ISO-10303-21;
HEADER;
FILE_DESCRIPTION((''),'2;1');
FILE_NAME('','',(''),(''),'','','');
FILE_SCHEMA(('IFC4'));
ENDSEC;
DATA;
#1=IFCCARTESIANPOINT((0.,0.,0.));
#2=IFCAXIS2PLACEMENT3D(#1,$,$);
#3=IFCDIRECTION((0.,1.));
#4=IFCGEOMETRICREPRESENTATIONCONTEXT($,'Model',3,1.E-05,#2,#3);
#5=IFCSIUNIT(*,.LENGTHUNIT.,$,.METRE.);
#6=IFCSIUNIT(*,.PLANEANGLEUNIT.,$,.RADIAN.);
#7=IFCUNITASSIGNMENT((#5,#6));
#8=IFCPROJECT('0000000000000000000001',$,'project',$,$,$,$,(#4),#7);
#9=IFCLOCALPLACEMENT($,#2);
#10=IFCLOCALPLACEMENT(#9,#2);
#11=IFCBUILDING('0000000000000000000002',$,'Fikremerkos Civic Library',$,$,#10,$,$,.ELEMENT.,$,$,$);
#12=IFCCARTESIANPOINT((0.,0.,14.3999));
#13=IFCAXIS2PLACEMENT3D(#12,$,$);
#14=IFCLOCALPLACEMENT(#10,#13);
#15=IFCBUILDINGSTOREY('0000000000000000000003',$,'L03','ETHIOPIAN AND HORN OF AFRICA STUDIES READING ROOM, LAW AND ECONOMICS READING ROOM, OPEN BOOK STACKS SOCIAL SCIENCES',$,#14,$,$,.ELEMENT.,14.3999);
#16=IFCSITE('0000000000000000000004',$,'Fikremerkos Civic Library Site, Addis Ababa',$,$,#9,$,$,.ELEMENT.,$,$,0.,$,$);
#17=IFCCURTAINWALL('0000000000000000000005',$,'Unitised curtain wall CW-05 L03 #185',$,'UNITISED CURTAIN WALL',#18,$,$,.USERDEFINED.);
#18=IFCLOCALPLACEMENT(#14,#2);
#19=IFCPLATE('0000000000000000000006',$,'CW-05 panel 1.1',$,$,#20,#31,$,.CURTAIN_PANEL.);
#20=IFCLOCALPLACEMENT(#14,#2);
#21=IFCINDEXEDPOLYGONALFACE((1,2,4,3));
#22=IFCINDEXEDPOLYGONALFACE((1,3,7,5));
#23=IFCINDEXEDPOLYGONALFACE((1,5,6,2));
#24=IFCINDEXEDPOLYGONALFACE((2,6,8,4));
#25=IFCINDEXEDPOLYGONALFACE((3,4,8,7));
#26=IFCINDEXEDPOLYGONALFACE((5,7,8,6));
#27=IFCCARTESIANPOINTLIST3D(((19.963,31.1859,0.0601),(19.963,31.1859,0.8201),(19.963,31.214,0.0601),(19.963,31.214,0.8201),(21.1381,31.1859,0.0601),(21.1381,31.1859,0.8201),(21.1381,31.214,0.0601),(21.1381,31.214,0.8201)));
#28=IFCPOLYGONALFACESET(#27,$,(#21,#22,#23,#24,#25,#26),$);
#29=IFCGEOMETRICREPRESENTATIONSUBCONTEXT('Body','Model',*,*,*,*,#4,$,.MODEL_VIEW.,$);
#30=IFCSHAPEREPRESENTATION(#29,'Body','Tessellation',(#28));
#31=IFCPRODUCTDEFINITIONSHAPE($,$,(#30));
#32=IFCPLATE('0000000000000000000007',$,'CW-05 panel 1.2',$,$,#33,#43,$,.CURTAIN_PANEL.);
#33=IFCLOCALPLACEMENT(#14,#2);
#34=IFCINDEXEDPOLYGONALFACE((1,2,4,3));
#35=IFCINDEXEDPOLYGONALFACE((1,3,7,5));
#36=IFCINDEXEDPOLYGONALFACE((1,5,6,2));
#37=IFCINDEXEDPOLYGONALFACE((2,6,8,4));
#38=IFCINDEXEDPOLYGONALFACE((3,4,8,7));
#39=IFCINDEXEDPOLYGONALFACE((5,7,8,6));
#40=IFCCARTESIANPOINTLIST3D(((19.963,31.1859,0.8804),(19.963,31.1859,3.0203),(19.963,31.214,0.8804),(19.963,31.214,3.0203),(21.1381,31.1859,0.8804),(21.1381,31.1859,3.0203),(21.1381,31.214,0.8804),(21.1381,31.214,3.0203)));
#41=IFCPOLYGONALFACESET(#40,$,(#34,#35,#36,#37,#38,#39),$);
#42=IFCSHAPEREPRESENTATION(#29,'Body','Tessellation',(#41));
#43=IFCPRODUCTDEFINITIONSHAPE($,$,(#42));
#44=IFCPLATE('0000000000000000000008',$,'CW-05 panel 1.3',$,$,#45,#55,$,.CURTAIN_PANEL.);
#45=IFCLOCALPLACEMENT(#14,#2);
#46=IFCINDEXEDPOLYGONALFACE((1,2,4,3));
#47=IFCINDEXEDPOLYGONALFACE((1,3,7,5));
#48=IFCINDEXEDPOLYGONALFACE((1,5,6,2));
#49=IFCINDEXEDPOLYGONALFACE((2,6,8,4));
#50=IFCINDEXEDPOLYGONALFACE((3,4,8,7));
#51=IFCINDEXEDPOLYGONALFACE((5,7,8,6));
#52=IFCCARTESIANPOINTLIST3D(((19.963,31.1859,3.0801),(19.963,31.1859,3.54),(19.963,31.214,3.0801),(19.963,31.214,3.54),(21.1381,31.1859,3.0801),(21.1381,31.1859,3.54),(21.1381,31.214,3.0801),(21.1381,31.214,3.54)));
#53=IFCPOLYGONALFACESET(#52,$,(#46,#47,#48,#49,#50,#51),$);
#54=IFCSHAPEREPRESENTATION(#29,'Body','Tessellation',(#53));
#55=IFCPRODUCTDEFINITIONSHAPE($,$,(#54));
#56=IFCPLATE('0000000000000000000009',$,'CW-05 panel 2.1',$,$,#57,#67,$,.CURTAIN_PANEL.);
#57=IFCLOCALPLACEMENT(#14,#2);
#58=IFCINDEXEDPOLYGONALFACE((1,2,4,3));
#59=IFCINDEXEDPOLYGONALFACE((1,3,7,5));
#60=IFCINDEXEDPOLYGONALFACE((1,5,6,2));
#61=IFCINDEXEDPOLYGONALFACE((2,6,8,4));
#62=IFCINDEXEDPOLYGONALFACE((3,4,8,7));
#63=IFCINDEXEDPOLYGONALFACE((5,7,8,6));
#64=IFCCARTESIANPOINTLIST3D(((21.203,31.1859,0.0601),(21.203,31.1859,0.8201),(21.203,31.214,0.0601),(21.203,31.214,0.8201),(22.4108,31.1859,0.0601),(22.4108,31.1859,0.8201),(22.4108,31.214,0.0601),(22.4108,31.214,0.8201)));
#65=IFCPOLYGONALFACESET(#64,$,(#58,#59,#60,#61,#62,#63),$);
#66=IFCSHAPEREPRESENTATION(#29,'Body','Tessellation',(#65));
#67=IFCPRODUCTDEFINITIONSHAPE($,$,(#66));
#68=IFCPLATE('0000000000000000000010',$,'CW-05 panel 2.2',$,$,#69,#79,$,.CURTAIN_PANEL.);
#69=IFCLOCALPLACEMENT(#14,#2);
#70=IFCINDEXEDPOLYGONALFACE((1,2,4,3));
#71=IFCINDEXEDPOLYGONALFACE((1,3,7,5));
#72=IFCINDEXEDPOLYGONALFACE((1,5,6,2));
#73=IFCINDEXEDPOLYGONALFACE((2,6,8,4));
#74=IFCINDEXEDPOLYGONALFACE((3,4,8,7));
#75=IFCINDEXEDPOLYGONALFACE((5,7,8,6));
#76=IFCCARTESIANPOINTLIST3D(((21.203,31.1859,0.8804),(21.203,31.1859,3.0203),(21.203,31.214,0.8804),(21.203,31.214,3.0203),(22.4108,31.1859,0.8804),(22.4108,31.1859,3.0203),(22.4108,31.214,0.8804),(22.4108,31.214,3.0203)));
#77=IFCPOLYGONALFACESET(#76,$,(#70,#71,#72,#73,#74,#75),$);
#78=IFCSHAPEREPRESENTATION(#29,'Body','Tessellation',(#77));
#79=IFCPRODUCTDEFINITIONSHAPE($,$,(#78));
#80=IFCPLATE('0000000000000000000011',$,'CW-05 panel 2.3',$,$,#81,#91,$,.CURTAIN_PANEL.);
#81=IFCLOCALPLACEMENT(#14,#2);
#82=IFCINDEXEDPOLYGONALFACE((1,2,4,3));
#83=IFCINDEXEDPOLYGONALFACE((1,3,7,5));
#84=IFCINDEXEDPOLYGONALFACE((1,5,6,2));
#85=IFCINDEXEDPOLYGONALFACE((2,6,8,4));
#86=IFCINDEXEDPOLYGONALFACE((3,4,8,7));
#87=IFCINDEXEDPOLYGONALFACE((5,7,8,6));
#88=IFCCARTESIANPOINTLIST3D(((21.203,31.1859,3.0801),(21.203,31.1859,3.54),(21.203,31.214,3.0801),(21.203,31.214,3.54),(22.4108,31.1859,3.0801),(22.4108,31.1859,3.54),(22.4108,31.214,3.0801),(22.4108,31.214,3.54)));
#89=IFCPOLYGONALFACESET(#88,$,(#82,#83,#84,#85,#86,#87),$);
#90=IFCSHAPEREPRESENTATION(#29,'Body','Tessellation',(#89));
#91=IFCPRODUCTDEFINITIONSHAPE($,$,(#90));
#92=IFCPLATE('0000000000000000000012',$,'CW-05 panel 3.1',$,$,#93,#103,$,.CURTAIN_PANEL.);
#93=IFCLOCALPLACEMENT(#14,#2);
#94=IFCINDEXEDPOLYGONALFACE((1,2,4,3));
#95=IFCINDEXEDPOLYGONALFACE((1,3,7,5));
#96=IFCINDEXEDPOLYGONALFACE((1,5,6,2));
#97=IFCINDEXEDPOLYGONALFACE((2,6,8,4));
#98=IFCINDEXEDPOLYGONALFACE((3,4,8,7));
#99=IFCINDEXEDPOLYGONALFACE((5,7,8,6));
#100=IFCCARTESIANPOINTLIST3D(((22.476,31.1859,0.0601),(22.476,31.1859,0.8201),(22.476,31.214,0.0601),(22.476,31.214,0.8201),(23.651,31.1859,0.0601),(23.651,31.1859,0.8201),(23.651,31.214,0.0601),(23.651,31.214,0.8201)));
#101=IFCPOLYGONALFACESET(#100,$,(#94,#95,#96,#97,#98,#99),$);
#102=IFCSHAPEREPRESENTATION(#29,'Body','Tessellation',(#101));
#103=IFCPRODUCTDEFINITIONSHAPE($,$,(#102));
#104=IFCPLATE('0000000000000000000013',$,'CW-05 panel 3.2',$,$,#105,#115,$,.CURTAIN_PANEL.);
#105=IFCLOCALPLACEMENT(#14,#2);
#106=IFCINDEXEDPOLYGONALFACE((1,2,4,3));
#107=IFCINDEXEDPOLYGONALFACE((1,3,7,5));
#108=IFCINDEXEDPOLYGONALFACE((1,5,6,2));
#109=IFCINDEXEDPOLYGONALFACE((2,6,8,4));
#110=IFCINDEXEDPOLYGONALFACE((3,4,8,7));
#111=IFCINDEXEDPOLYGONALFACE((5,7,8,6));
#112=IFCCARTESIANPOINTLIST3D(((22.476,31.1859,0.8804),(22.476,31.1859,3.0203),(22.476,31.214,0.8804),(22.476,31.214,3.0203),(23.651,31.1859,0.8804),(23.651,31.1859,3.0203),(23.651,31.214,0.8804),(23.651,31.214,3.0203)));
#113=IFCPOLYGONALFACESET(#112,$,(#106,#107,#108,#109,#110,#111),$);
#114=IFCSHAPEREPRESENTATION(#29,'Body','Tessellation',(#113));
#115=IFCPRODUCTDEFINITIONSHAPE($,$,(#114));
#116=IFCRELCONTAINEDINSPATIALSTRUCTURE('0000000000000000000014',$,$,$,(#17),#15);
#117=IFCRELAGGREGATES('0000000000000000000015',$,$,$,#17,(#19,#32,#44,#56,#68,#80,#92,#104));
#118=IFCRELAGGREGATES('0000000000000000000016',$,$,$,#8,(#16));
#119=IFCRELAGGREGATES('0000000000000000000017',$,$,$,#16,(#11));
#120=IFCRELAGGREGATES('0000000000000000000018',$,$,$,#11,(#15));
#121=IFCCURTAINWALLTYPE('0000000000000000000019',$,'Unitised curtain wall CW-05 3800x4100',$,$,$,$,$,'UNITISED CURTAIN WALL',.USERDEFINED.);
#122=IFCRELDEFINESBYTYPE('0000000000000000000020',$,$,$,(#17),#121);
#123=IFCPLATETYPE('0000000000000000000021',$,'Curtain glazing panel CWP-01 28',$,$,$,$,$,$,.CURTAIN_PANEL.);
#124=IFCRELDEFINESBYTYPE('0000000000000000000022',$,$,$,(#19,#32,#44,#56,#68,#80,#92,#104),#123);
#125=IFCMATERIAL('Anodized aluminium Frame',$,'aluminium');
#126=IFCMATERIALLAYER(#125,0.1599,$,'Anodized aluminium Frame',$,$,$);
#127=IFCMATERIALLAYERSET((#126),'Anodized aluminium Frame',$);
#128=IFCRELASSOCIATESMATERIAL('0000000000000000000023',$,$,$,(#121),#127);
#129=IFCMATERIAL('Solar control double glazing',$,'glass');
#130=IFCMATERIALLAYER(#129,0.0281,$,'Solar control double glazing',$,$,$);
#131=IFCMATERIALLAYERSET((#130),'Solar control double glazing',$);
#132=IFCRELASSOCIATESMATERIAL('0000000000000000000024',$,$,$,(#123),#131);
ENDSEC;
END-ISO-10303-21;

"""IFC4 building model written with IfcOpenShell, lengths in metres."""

from ifc_helpers import new_model, si_unit, direction, frame, origin, origin_2d, place, context, subcontext, project, spatial, rectangle, extrude, material, layer, layer_set, type_object, element, aggregate, save


model = new_model("IFC4")

# Units and contexts
model_context = context("Model", 3, precision=1e-05, world=origin(), true_north=direction((0.0, 1.0)))
body_context = subcontext(model_context, "Body", "Model", "MODEL_VIEW")
ifc_project = project(units=[si_unit("LENGTHUNIT", "METRE"), si_unit("PLANEANGLEUNIT", "RADIAN")], contexts=[model_context])

# Site, building, storey
site_placement = place(None, origin())
site = spatial("IfcSite", under=ifc_project, at=site_placement, Name="Fikremerkos Civic Library Site, Addis Ababa", CompositionType="ELEMENT", RefElevation=0.0)
building_placement = place(site_placement, origin())
building = spatial("IfcBuilding", under=site, at=building_placement, Name="Fikremerkos Civic Library", CompositionType="ELEMENT")
storey_placement = place(building_placement, frame((0.0, 0.0, 14.3999)))
storey = spatial("IfcBuildingStorey", under=building, at=storey_placement, Name="L03", Description="ETHIOPIAN AND HORN OF AFRICA STUDIES READING ROOM, LAW AND ECONOMICS READING ROOM, OPEN BOOK STACKS SOCIAL SCIENCES", CompositionType="ELEMENT", Elevation=14.3999)

# Curtain wall, plates
ifc_material_1 = material(Name="Anodized aluminium Frame", Category="aluminium")
ifc_layer_1 = layer(ifc_material_1, 0.1599, Name="Anodized aluminium Frame")
ifc_layer_set_1 = layer_set([ifc_layer_1], Name="Anodized aluminium Frame")
curtain_wall_type = type_object("IfcCurtainWallType", Name="Unitised curtain wall CW-05 3800x4100", ElementType="UNITISED CURTAIN WALL", PredefinedType="USERDEFINED", material=ifc_layer_set_1)
curtain_wall_placement = place(storey_placement, origin())
curtain_wall = element("IfcCurtainWall", 1, at=curtain_wall_placement, inside=storey, type_object=curtain_wall_type, Name="Unitised curtain wall CW-05 L03 #185", ObjectType="UNITISED CURTAIN WALL", PredefinedType="USERDEFINED")
ifc_material_2 = material(Name="Solar control double glazing", Category="glass")
ifc_layer_2 = layer(ifc_material_2, 0.0281, Name="Solar control double glazing")
ifc_layer_set_2 = layer_set([ifc_layer_2], Name="Solar control double glazing")
plate_type = type_object("IfcPlateType", Name="Curtain glazing panel CWP-01 28", PredefinedType="CURTAIN_PANEL", material=ifc_layer_set_2)
plate_1_placement = place(storey_placement, frame((20.5505, 31.2, 0.0601), z_axis=(0.0, 0.0, 1.0), x_axis=(1.0, 0.0, 0.0)))
plate_1 = element("IfcPlate", 2, at=plate_1_placement, type_object=plate_type, Name="CW-05 panel 1.1", PredefinedType="CURTAIN_PANEL", context=body_context, shape_type="SweptSolid", body=[
    extrude(rectangle(XDim=1.175, YDim=0.0281, at=origin_2d()), origin(), (0.0, 0.0, 1.0), 0.76),
])
plate_2_placement = place(storey_placement, frame((20.5505, 31.2, 0.8804), z_axis=(0.0, 0.0, 1.0), x_axis=(1.0, 0.0, 0.0)))
plate_2 = element("IfcPlate", 3, at=plate_2_placement, type_object=plate_type, Name="CW-05 panel 1.2", PredefinedType="CURTAIN_PANEL", context=body_context, shape_type="SweptSolid", body=[
    extrude(rectangle(XDim=1.175, YDim=0.0281, at=origin_2d()), origin(), (0.0, 0.0, 1.0), 2.1399),
])
plate_3_placement = place(storey_placement, frame((20.5505, 31.2, 3.0801), z_axis=(0.0, 0.0, 1.0), x_axis=(1.0, 0.0, 0.0)))
plate_3 = element("IfcPlate", 4, at=plate_3_placement, type_object=plate_type, Name="CW-05 panel 1.3", PredefinedType="CURTAIN_PANEL", context=body_context, shape_type="SweptSolid", body=[
    extrude(rectangle(XDim=1.175, YDim=0.0281, at=origin_2d()), origin(), (0.0, 0.0, 1.0), 0.46),
])
plate_4_placement = place(storey_placement, frame((21.8069, 31.2, 0.0601), z_axis=(0.0, 0.0, 1.0), x_axis=(1.0, 0.0, 0.0)))
plate_4 = element("IfcPlate", 5, at=plate_4_placement, type_object=plate_type, Name="CW-05 panel 2.1", PredefinedType="CURTAIN_PANEL", context=body_context, shape_type="SweptSolid", body=[
    extrude(rectangle(XDim=1.2078, YDim=0.0281, at=origin_2d()), origin(), (0.0, 0.0, 1.0), 0.76),
])
plate_5_placement = place(storey_placement, frame((21.8069, 31.2, 0.8804), z_axis=(0.0, 0.0, 1.0), x_axis=(1.0, 0.0, 0.0)))
plate_5 = element("IfcPlate", 6, at=plate_5_placement, type_object=plate_type, Name="CW-05 panel 2.2", PredefinedType="CURTAIN_PANEL", context=body_context, shape_type="SweptSolid", body=[
    extrude(rectangle(XDim=1.2078, YDim=0.0281, at=origin_2d()), origin(), (0.0, 0.0, 1.0), 2.1399),
])
plate_6_placement = place(storey_placement, frame((21.8069, 31.2, 3.0801), z_axis=(0.0, 0.0, 1.0), x_axis=(1.0, 0.0, 0.0)))
plate_6 = element("IfcPlate", 7, at=plate_6_placement, type_object=plate_type, Name="CW-05 panel 2.3", PredefinedType="CURTAIN_PANEL", context=body_context, shape_type="SweptSolid", body=[
    extrude(rectangle(XDim=1.2078, YDim=0.0281, at=origin_2d()), origin(), (0.0, 0.0, 1.0), 0.46),
])
plate_7_placement = place(storey_placement, frame((23.0635, 31.2, 0.0601), z_axis=(0.0, 0.0, 1.0), x_axis=(1.0, 0.0, 0.0)))
plate_7 = element("IfcPlate", 8, at=plate_7_placement, type_object=plate_type, Name="CW-05 panel 3.1", PredefinedType="CURTAIN_PANEL", context=body_context, shape_type="SweptSolid", body=[
    extrude(rectangle(XDim=1.175, YDim=0.0281, at=origin_2d()), origin(), (0.0, 0.0, 1.0), 0.76),
])
plate_8_placement = place(storey_placement, frame((23.0635, 31.2, 0.8804), z_axis=(0.0, 0.0, 1.0), x_axis=(1.0, 0.0, 0.0)))
plate_8 = element("IfcPlate", 9, at=plate_8_placement, type_object=plate_type, Name="CW-05 panel 3.2", PredefinedType="CURTAIN_PANEL", context=body_context, shape_type="SweptSolid", body=[
    extrude(rectangle(XDim=1.175, YDim=0.0281, at=origin_2d()), origin(), (0.0, 0.0, 1.0), 2.1399),
])
aggregate(curtain_wall, [plate_1, plate_2, plate_3, plate_4, plate_5, plate_6, plate_7, plate_8])

save(model, "model.ifc")
